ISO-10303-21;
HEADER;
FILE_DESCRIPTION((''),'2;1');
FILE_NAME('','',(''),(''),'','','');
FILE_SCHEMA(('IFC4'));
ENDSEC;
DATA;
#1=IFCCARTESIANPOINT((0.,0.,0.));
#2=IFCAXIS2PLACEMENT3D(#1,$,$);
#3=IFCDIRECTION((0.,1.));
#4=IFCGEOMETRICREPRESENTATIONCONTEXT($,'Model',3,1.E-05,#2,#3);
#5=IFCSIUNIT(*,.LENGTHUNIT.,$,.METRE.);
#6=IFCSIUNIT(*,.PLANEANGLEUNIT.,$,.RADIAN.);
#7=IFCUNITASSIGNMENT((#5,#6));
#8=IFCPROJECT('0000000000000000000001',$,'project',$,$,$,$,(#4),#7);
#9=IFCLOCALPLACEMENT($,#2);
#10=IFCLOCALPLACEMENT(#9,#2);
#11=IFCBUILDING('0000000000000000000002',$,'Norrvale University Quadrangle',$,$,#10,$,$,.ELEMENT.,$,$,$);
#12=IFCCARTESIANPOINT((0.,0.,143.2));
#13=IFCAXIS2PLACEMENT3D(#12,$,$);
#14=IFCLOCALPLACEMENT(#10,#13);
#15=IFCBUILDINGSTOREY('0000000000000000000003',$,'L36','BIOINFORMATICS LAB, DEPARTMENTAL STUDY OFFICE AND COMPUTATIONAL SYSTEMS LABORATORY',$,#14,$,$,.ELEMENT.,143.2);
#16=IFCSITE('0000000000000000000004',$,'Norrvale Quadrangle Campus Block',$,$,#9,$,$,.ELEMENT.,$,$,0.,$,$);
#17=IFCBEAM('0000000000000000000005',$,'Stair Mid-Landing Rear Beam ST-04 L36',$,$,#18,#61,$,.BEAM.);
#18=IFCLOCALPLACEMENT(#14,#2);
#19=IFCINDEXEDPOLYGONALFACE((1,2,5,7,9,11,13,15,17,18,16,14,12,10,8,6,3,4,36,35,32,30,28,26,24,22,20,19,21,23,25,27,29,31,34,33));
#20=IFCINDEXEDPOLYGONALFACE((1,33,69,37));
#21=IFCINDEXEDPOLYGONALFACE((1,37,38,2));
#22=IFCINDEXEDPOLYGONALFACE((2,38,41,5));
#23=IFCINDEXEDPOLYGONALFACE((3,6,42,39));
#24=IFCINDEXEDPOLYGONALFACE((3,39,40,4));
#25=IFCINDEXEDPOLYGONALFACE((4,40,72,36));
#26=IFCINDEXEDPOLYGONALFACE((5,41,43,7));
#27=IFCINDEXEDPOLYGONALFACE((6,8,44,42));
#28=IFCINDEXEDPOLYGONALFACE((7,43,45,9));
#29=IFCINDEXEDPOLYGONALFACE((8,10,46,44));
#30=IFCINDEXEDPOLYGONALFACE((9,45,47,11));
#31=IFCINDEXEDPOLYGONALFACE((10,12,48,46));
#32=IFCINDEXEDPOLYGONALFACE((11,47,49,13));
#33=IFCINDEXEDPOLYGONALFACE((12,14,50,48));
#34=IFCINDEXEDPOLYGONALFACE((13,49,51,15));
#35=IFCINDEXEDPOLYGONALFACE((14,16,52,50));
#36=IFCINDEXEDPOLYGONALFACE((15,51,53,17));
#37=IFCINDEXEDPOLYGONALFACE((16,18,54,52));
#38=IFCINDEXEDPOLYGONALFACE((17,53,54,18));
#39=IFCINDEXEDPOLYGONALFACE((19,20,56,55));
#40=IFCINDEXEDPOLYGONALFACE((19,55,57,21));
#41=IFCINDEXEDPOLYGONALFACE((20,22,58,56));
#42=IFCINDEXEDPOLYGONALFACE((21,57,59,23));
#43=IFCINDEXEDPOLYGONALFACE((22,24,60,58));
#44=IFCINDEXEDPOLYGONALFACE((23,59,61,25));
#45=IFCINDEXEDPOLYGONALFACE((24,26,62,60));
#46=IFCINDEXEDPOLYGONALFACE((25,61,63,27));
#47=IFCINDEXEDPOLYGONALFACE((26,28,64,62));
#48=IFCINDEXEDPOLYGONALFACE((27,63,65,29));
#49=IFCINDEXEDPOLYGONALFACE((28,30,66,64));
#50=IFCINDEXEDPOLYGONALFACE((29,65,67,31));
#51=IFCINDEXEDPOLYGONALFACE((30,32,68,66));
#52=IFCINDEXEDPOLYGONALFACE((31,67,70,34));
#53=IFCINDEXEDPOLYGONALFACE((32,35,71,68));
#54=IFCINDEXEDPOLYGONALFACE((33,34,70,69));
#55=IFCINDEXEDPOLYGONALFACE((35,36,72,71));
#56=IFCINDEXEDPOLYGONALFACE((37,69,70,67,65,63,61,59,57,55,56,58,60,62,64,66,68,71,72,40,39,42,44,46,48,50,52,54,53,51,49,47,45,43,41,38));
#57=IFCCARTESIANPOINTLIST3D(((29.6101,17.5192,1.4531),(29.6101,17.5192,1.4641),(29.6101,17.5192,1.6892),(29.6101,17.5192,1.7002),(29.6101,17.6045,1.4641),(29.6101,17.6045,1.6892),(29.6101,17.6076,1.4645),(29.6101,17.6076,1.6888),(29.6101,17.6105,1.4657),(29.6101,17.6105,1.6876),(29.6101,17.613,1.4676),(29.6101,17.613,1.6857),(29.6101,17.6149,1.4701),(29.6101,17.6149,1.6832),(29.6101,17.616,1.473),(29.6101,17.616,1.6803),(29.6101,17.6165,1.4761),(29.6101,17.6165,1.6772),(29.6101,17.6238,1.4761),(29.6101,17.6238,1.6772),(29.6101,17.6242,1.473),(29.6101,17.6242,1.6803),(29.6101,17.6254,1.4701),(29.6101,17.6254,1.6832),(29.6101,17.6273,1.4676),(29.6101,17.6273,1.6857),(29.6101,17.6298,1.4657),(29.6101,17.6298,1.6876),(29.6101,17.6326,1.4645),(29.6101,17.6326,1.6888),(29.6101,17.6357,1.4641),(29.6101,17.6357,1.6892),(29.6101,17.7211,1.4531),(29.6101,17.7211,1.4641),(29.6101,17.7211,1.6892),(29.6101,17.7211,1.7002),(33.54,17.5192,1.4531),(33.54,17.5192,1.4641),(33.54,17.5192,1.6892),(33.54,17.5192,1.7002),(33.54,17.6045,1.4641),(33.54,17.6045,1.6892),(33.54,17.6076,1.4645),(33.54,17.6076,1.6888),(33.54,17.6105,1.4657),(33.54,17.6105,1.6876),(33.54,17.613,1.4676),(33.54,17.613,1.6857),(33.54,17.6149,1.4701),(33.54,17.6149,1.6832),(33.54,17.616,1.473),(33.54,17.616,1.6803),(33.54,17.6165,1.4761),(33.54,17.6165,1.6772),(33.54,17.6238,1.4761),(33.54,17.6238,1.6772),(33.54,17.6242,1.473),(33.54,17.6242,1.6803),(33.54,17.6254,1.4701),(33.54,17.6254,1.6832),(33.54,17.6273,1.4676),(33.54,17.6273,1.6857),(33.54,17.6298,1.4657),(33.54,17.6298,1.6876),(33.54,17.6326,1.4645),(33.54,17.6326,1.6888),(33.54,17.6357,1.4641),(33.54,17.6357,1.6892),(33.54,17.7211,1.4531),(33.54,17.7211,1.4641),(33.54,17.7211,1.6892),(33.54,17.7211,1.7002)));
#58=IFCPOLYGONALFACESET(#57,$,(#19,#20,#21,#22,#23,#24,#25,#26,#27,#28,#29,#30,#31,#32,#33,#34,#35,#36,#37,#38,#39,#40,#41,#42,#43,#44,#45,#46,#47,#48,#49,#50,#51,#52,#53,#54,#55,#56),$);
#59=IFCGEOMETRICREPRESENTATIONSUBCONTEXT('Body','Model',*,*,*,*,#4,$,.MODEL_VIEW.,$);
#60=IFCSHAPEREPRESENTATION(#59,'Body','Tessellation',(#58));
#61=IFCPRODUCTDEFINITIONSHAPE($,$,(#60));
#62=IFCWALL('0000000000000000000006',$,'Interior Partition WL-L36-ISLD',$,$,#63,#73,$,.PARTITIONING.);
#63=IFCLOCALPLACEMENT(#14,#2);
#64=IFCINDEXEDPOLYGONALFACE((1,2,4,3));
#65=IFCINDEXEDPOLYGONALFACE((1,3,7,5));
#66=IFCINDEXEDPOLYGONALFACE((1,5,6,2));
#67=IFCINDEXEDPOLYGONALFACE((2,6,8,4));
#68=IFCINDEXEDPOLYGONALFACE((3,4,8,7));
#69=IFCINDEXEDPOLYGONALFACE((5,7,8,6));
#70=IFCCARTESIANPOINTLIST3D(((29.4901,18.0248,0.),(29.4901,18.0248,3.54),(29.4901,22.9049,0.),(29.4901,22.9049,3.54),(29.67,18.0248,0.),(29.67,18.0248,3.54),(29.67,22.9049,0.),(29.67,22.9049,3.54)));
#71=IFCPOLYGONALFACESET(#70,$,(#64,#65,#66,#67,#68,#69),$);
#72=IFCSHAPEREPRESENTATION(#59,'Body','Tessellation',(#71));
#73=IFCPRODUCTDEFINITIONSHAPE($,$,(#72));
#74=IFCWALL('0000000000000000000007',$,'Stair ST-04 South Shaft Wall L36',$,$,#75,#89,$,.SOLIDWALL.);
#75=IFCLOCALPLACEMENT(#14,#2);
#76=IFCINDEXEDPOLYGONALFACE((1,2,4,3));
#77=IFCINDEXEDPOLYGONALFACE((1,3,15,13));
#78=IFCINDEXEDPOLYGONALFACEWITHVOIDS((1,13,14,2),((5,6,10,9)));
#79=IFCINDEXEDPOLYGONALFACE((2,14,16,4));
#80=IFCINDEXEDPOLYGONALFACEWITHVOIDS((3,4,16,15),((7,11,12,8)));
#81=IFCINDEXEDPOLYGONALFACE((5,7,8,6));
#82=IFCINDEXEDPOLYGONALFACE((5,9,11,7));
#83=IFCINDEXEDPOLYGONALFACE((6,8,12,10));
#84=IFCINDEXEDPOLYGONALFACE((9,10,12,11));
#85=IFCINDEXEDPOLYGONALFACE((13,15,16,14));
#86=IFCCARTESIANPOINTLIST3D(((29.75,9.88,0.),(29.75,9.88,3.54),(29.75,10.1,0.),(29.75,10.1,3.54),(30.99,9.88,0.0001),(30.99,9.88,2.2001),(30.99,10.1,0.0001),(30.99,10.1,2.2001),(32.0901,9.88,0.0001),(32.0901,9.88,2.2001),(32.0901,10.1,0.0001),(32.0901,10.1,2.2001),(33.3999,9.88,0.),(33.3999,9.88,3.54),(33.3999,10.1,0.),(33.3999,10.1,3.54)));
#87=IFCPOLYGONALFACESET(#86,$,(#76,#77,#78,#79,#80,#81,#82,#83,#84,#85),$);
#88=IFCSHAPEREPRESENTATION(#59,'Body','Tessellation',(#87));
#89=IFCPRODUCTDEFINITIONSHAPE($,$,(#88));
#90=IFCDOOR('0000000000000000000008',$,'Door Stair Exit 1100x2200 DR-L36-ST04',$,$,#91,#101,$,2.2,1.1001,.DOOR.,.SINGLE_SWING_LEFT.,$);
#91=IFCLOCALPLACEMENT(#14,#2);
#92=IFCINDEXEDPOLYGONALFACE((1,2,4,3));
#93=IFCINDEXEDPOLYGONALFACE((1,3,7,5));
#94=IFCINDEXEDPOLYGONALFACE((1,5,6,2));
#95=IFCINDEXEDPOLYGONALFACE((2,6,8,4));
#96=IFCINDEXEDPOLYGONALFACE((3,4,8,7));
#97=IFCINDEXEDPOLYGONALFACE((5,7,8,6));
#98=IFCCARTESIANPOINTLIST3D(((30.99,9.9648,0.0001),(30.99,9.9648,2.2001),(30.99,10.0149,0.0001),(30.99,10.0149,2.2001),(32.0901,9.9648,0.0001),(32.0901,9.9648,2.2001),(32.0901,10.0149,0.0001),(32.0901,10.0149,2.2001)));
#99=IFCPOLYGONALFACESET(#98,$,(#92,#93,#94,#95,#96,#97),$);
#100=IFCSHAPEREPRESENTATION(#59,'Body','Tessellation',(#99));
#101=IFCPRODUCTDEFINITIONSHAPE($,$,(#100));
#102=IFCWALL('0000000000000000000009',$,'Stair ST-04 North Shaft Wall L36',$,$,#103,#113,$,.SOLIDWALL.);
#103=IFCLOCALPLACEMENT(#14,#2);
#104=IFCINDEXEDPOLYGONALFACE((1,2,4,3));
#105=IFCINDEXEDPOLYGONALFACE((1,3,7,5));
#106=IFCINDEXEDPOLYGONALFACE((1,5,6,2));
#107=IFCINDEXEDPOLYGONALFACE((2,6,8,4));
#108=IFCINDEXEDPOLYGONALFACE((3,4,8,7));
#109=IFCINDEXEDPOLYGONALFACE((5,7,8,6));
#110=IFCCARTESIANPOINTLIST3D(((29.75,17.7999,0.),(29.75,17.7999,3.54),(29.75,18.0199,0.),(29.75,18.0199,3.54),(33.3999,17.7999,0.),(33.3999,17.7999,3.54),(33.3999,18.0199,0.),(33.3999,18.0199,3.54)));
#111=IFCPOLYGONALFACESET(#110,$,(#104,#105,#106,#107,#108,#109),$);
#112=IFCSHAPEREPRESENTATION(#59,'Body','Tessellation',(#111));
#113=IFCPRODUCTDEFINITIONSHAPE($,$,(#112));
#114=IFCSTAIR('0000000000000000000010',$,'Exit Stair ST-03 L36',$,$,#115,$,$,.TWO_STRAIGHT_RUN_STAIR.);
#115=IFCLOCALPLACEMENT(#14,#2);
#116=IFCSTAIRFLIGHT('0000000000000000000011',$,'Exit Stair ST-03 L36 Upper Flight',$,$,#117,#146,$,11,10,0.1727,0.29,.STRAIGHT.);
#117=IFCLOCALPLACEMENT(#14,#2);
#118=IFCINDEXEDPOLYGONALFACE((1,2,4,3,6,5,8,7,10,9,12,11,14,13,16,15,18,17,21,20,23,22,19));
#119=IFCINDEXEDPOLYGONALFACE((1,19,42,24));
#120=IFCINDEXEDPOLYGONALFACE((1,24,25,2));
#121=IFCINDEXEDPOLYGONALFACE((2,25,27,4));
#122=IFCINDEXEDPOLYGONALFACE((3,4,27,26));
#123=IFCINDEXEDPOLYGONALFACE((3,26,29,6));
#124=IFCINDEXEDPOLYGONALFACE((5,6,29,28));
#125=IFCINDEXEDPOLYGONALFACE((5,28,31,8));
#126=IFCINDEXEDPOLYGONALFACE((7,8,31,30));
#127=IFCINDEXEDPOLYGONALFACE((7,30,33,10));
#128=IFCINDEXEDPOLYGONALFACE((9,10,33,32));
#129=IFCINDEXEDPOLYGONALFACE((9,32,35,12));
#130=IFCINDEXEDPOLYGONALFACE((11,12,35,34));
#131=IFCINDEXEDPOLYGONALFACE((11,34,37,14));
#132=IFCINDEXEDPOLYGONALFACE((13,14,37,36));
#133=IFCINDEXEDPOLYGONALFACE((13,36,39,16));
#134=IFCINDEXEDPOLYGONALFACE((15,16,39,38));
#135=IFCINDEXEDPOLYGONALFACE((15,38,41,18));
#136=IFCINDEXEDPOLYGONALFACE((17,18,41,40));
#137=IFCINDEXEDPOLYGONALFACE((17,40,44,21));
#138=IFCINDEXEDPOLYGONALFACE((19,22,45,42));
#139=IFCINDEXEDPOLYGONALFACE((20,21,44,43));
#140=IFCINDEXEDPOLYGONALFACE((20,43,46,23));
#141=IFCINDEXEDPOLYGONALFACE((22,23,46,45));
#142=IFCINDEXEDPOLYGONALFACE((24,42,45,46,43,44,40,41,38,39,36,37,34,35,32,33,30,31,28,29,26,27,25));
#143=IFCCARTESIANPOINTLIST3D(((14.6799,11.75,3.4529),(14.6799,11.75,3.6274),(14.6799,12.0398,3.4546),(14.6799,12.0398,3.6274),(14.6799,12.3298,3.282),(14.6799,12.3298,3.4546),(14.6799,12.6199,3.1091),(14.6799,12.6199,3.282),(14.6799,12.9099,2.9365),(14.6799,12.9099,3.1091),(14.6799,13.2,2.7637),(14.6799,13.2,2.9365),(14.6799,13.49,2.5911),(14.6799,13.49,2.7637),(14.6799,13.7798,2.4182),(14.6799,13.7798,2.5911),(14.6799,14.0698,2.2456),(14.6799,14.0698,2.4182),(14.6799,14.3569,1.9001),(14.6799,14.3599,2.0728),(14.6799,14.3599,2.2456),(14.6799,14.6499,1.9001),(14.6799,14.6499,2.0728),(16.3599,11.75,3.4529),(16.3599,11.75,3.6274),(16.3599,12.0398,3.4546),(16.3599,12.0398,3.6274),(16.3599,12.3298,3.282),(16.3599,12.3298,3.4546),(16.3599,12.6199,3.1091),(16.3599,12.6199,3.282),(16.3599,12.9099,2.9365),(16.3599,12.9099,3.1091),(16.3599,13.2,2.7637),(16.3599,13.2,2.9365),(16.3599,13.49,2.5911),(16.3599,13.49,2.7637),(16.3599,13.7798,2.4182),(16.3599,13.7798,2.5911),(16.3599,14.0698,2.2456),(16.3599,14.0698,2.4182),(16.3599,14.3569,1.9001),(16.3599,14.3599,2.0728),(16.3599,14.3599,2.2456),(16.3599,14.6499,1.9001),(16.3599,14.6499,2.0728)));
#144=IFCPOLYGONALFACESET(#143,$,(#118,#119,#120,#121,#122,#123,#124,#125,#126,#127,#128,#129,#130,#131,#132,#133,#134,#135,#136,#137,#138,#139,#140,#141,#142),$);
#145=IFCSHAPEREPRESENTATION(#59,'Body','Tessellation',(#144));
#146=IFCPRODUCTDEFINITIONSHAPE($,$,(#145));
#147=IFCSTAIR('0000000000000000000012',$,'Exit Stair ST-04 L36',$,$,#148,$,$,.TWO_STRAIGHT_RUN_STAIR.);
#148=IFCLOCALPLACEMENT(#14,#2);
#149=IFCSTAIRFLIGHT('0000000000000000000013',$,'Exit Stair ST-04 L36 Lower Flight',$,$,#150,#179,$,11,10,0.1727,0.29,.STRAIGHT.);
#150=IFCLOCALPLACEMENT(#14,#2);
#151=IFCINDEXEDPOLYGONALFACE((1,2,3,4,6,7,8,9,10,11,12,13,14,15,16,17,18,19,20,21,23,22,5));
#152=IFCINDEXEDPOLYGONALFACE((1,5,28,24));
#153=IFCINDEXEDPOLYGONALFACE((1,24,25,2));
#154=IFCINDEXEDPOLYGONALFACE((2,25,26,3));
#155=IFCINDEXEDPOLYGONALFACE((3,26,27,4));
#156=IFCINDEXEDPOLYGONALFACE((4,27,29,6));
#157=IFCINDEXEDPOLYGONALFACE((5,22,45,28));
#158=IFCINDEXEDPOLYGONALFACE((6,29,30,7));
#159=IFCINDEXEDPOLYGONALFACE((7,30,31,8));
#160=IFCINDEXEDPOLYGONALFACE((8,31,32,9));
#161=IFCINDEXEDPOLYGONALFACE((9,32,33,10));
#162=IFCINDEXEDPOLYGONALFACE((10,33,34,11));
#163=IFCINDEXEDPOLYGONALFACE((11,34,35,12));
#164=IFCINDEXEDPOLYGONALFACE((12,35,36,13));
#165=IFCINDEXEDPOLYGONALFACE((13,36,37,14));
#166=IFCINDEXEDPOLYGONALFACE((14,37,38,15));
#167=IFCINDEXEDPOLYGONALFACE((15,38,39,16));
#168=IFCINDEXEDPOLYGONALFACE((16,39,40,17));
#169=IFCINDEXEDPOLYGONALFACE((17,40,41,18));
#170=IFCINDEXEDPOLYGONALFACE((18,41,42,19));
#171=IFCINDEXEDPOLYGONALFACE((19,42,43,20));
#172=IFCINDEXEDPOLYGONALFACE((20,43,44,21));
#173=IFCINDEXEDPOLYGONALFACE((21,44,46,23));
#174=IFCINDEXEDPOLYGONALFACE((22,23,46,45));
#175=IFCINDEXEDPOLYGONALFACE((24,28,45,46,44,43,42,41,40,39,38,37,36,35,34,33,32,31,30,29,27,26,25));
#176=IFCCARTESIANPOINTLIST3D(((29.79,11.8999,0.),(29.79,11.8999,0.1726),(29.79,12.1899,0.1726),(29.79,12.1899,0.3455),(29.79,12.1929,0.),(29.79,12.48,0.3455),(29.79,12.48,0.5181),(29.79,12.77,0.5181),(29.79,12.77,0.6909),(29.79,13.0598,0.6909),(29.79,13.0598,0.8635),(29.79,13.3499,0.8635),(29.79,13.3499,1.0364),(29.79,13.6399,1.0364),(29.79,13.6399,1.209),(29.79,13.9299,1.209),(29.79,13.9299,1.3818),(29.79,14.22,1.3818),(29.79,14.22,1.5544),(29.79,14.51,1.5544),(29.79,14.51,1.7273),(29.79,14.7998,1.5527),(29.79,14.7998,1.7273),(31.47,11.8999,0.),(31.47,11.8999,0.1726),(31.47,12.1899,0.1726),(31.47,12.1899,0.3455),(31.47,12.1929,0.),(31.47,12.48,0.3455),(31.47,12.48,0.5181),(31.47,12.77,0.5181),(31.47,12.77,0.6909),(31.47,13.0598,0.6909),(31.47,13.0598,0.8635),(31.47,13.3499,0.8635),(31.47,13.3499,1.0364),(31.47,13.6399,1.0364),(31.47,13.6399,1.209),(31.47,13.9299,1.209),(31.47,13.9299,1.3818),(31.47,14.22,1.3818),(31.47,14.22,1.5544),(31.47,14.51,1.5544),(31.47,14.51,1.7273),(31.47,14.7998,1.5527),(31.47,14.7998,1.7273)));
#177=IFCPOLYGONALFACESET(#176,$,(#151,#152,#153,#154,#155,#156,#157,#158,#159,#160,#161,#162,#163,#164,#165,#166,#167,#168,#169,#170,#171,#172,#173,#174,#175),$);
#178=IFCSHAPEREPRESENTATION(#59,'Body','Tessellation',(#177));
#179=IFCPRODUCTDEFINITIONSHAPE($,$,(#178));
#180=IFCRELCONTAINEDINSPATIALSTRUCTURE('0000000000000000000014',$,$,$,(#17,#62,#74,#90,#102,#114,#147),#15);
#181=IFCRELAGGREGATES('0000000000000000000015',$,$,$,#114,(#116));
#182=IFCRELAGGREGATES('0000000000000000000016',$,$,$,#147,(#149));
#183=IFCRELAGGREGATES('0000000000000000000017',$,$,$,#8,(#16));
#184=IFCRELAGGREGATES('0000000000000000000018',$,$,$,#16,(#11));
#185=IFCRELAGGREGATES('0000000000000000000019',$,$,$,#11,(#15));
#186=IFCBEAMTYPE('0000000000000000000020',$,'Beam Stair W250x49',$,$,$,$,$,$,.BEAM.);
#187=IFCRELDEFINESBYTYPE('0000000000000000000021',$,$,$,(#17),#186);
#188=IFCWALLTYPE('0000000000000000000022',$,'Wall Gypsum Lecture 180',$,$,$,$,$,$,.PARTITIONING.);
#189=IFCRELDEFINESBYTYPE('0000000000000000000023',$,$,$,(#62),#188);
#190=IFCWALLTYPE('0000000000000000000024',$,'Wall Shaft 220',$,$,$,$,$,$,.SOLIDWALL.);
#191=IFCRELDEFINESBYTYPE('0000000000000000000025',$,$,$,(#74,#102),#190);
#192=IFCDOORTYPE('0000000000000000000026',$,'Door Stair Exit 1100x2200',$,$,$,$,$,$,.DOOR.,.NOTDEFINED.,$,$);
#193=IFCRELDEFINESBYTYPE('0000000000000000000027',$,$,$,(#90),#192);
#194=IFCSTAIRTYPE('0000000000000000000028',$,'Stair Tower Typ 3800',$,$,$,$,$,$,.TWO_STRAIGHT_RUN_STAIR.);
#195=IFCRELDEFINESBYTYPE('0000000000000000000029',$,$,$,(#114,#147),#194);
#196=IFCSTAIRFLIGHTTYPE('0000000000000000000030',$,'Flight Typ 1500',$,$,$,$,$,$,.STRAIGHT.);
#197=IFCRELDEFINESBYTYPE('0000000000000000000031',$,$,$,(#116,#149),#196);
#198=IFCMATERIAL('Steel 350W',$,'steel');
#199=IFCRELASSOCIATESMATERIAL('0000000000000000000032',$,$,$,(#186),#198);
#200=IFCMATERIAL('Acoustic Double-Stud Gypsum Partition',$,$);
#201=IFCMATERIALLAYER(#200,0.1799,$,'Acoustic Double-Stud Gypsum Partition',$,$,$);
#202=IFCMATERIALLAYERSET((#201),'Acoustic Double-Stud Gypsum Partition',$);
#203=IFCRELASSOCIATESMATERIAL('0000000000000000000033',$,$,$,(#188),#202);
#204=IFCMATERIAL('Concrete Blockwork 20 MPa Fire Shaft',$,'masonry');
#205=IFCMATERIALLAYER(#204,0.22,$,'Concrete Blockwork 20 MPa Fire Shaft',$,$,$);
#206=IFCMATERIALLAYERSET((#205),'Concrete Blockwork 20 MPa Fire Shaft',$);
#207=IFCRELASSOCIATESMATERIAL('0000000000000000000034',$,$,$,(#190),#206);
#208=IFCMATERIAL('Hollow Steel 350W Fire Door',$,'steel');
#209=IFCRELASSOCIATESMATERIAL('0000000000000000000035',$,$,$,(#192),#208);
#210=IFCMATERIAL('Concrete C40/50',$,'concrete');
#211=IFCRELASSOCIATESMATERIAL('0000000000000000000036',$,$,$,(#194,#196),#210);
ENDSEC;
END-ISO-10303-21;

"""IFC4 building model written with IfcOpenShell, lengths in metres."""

from ifc_helpers import new_model, si_unit, direction, frame, frame_2d, origin, origin_2d, place, context, subcontext, project, spatial, polyline, rectangle, i_section, outline, extrude, material, layer, layer_set, material_profile, profile_set, type_object, element, fill, aggregate, save


model = new_model("IFC4")

# Units and contexts
model_context = context("Model", 3, precision=1e-05, world=origin(), true_north=direction((0.0, 1.0)))
body_context = subcontext(model_context, "Body", "Model", "MODEL_VIEW")
ifc_project = project(units=[si_unit("LENGTHUNIT", "METRE"), si_unit("PLANEANGLEUNIT", "RADIAN")], contexts=[model_context])

# Site, building, storey
site_placement = place(None, origin())
site = spatial("IfcSite", under=ifc_project, at=site_placement, Name="Norrvale Quadrangle Campus Block", CompositionType="ELEMENT", RefElevation=0.0)
building_placement = place(site_placement, origin())
building = spatial("IfcBuilding", under=site, at=building_placement, Name="Norrvale University Quadrangle", CompositionType="ELEMENT")
storey_placement = place(building_placement, frame((0.0, 0.0, 143.2)))
storey = spatial("IfcBuildingStorey", under=building, at=storey_placement, Name="L36", Description="BIOINFORMATICS LAB, DEPARTMENTAL STUDY OFFICE AND COMPUTATIONAL SYSTEMS LABORATORY", CompositionType="ELEMENT", Elevation=143.2)

# Beam
ifc_material_1 = material(Name="Steel 350W", Category="steel")
ifc_material_profile_1 = material_profile(ifc_material_1, i_section(OverallWidth=0.2019, OverallDepth=0.2471, WebThickness=0.0073, FlangeThickness=0.011, FilletRadius=0.012, at=origin_2d()), Name="Steel 350W")
ifc_profile_set_1 = profile_set([ifc_material_profile_1], Name="Steel 350W")
beam_type_1 = type_object("IfcBeamType", Name="Beam Stair W250x49", PredefinedType="BEAM", material=ifc_profile_set_1)
for number, where, z_axis, x_axis, name in (
    (1, (29.6101, 17.6201, 1.5767), (1.0, 0.0, 0.0), (0.0, 1.0, 0.0), "Stair Mid-Landing Rear Beam ST-04 L36"),
):
    element("IfcBeam", number, at=place(storey_placement, frame(where, z_axis=z_axis, x_axis=x_axis)), inside=storey, type_object=beam_type_1, Name=name, PredefinedType="BEAM", context=body_context, shape_type="SweptSolid", body=[
        extrude(i_section(OverallWidth=0.2019, OverallDepth=0.2471, WebThickness=0.0073, FlangeThickness=0.011, FilletRadius=0.012, at=origin_2d()), origin(), (0.0, 0.0, 1.0), 3.9299),
    ])

# Wall
ifc_material_2 = material(Name="Acoustic Double-Stud Gypsum Partition")
ifc_layer_1 = layer(ifc_material_2, 0.1799, Name="Acoustic Double-Stud Gypsum Partition")
ifc_layer_set_1 = layer_set([ifc_layer_1], Name="Acoustic Double-Stud Gypsum Partition")
wall_type_1 = type_object("IfcWallType", Name="Wall Gypsum Lecture 180", PredefinedType="PARTITIONING", material=ifc_layer_set_1)
wall_1_placement = place(storey_placement, frame((29.5801, 18.0249, 0.0), z_axis=(0.0, 0.0, 1.0), x_axis=(0.0, 1.0, 0.0)))
element("IfcWall", 2, at=wall_1_placement, inside=storey, type_object=wall_type_1, Name="Interior Partition WL-L36-ISLD", PredefinedType="PARTITIONING", context=body_context, shape_type="SweptSolid", body=[
    extrude(rectangle(XDim=4.8801, YDim=0.1799, at=frame_2d((2.4399, 0.0))), origin(), (0.0, 0.0, 1.0), 3.54),
])

# Wall, opening, door
ifc_material_3 = material(Name="Concrete Blockwork 20 MPa Fire Shaft", Category="masonry")
ifc_layer_2 = layer(ifc_material_3, 0.22, Name="Concrete Blockwork 20 MPa Fire Shaft")
ifc_layer_set_2 = layer_set([ifc_layer_2], Name="Concrete Blockwork 20 MPa Fire Shaft")
wall_type_2 = type_object("IfcWallType", Name="Wall Shaft 220", PredefinedType="SOLIDWALL", material=ifc_layer_set_2)
wall_2_placement = place(storey_placement, frame((29.75, 9.99, 0.0), z_axis=(0.0, 0.0, 1.0), x_axis=(1.0, 0.0, 0.0)))
wall_2 = element("IfcWall", 3, at=wall_2_placement, inside=storey, type_object=wall_type_2, Name="Stair ST-04 South Shaft Wall L36", PredefinedType="SOLIDWALL", context=body_context, shape_type="SweptSolid", body=[
    extrude(rectangle(XDim=3.6499, YDim=0.22, at=frame_2d((1.825, 0.0))), origin(), (0.0, 0.0, 1.0), 3.54),
])
opening_placement = place(wall_2_placement, frame((1.24, 0.0, 0.0)))
opening = element("IfcOpeningElement", 4, at=opening_placement, cuts=wall_2, PredefinedType="OPENING", context=body_context, shape_type="SweptSolid", body=[
    extrude(rectangle(XDim=1.1001, YDim=2.2, at=frame_2d((0.55, 1.1001))), frame((0.0, 0.1221, 0.0), z_axis=(0.0, -1.0, 0.0), x_axis=(1.0, 0.0, 0.0)), (0.0, 0.0, 1.0), 0.2439),
])
ifc_material_4 = material(Name="Hollow Steel 350W Fire Door", Category="steel")
door_type = type_object("IfcDoorType", Name="Door Stair Exit 1100x2200", OperationType="NOTDEFINED", PredefinedType="DOOR", material=ifc_material_4)
door_placement = place(opening_placement, origin())
door = element("IfcDoor", 5, at=door_placement, inside=storey, type_object=door_type, Name="Door Stair Exit 1100x2200 DR-L36-ST04", OperationType="SINGLE_SWING_LEFT", OverallHeight=2.2, OverallWidth=1.1001, PredefinedType="DOOR", context=body_context, shape_type="SweptSolid", body=[
    extrude(rectangle(XDim=1.1001, YDim=2.2, at=frame_2d((0.55, 1.1001))), frame((0.0, 0.0249, 0.0), z_axis=(0.0, -1.0, 0.0), x_axis=(1.0, 0.0, 0.0)), (0.0, 0.0, 1.0), 0.05),
])
fill(opening, door)

# Wall
wall_3_placement = place(storey_placement, frame((29.75, 17.9099, 0.0), z_axis=(0.0, 0.0, 1.0), x_axis=(1.0, 0.0, 0.0)))
element("IfcWall", 6, at=wall_3_placement, inside=storey, type_object=wall_type_2, Name="Stair ST-04 North Shaft Wall L36", PredefinedType="SOLIDWALL", context=body_context, shape_type="SweptSolid", body=[
    extrude(rectangle(XDim=3.6499, YDim=0.22, at=frame_2d((1.825, 0.0))), origin(), (0.0, 0.0, 1.0), 3.54),
])

# Stairs, stair flights
ifc_material_5 = material(Name="Concrete C40/50", Category="concrete")
stair_type = type_object("IfcStairType", Name="Stair Tower Typ 3800", PredefinedType="TWO_STRAIGHT_RUN_STAIR", material=ifc_material_5)
stair_1_placement = place(storey_placement, origin())
stair_1 = element("IfcStair", 7, at=stair_1_placement, inside=storey, type_object=stair_type, Name="Exit Stair ST-03 L36", PredefinedType="TWO_STRAIGHT_RUN_STAIR")
stair_flight_type = type_object("IfcStairFlightType", Name="Flight Typ 1500", PredefinedType="STRAIGHT", material=ifc_material_5)
stair_flight_1_placement = place(storey_placement, frame((15.52, 14.6499, 1.9001), z_axis=(0.0, 0.0, 1.0), x_axis=(0.0, -1.0, 0.0)))
stair_flight_1 = element("IfcStairFlight", 8, at=stair_flight_1_placement, type_object=stair_flight_type, Name="Exit Stair ST-03 L36 Upper Flight", NumberOfRisers=11, NumberOfTreads=10, PredefinedType="STRAIGHT", RiserHeight=0.1727, TreadLength=0.29, context=body_context, shape_type="SweptSolid", body=[
    extrude(outline(polyline([(0.0, 0.0), (0.0, 0.1726), (0.29, 0.1726), (0.29, 0.3455), (0.5801, 0.3455), (0.5801, 0.5181), (0.8701, 0.5181), (0.8701, 0.6909), (1.1599, 0.6909), (1.1599, 0.8635), (1.45, 0.8635), (1.45, 1.0364), (1.74, 1.0364), (1.74, 1.209), (2.03, 1.209), (2.03, 1.3818), (2.3201, 1.3818), (2.3201, 1.5544), (2.6101, 1.5544), (2.6101, 1.7273), (2.8999, 1.7273), (2.8999, 1.8999), (2.8999, 1.5527), (0.293, 0.0), (0.0, 0.0)])), frame((0.0, 0.8398, 0.0), z_axis=(0.0, -1.0, 0.0), x_axis=(1.0, 0.0, 0.0)), (0.0, 0.0, 1.0), 1.6799),
])
aggregate(stair_1, [stair_flight_1])
stair_2_placement = place(storey_placement, origin())
stair_2 = element("IfcStair", 9, at=stair_2_placement, inside=storey, type_object=stair_type, Name="Exit Stair ST-04 L36", PredefinedType="TWO_STRAIGHT_RUN_STAIR")
stair_flight_2_placement = place(storey_placement, frame((30.6299, 11.8999, 0.0), z_axis=(0.0, 0.0, 1.0), x_axis=(0.0, 1.0, 0.0)))
stair_flight_2 = element("IfcStairFlight", 10, at=stair_flight_2_placement, type_object=stair_flight_type, Name="Exit Stair ST-04 L36 Lower Flight", NumberOfRisers=11, NumberOfTreads=10, PredefinedType="STRAIGHT", RiserHeight=0.1727, TreadLength=0.29, context=body_context, shape_type="SweptSolid", body=[
    extrude(outline(polyline([(0.0, 0.0), (0.0, 0.1726), (0.29, 0.1726), (0.29, 0.3455), (0.5801, 0.3455), (0.5801, 0.5181), (0.8701, 0.5181), (0.8701, 0.6909), (1.1599, 0.6909), (1.1599, 0.8635), (1.45, 0.8635), (1.45, 1.0364), (1.74, 1.0364), (1.74, 1.209), (2.03, 1.209), (2.03, 1.3818), (2.3201, 1.3818), (2.3201, 1.5544), (2.6101, 1.5544), (2.6101, 1.7273), (2.8999, 1.7273), (2.8999, 1.8999), (2.8999, 1.5527), (0.293, 0.0), (0.0, 0.0)])), frame((0.0, 0.8398, 0.0), z_axis=(0.0, -1.0, 0.0), x_axis=(1.0, 0.0, 0.0)), (0.0, 0.0, 1.0), 1.6799),
])
aggregate(stair_2, [stair_flight_2])

save(model, "model.ifc")
